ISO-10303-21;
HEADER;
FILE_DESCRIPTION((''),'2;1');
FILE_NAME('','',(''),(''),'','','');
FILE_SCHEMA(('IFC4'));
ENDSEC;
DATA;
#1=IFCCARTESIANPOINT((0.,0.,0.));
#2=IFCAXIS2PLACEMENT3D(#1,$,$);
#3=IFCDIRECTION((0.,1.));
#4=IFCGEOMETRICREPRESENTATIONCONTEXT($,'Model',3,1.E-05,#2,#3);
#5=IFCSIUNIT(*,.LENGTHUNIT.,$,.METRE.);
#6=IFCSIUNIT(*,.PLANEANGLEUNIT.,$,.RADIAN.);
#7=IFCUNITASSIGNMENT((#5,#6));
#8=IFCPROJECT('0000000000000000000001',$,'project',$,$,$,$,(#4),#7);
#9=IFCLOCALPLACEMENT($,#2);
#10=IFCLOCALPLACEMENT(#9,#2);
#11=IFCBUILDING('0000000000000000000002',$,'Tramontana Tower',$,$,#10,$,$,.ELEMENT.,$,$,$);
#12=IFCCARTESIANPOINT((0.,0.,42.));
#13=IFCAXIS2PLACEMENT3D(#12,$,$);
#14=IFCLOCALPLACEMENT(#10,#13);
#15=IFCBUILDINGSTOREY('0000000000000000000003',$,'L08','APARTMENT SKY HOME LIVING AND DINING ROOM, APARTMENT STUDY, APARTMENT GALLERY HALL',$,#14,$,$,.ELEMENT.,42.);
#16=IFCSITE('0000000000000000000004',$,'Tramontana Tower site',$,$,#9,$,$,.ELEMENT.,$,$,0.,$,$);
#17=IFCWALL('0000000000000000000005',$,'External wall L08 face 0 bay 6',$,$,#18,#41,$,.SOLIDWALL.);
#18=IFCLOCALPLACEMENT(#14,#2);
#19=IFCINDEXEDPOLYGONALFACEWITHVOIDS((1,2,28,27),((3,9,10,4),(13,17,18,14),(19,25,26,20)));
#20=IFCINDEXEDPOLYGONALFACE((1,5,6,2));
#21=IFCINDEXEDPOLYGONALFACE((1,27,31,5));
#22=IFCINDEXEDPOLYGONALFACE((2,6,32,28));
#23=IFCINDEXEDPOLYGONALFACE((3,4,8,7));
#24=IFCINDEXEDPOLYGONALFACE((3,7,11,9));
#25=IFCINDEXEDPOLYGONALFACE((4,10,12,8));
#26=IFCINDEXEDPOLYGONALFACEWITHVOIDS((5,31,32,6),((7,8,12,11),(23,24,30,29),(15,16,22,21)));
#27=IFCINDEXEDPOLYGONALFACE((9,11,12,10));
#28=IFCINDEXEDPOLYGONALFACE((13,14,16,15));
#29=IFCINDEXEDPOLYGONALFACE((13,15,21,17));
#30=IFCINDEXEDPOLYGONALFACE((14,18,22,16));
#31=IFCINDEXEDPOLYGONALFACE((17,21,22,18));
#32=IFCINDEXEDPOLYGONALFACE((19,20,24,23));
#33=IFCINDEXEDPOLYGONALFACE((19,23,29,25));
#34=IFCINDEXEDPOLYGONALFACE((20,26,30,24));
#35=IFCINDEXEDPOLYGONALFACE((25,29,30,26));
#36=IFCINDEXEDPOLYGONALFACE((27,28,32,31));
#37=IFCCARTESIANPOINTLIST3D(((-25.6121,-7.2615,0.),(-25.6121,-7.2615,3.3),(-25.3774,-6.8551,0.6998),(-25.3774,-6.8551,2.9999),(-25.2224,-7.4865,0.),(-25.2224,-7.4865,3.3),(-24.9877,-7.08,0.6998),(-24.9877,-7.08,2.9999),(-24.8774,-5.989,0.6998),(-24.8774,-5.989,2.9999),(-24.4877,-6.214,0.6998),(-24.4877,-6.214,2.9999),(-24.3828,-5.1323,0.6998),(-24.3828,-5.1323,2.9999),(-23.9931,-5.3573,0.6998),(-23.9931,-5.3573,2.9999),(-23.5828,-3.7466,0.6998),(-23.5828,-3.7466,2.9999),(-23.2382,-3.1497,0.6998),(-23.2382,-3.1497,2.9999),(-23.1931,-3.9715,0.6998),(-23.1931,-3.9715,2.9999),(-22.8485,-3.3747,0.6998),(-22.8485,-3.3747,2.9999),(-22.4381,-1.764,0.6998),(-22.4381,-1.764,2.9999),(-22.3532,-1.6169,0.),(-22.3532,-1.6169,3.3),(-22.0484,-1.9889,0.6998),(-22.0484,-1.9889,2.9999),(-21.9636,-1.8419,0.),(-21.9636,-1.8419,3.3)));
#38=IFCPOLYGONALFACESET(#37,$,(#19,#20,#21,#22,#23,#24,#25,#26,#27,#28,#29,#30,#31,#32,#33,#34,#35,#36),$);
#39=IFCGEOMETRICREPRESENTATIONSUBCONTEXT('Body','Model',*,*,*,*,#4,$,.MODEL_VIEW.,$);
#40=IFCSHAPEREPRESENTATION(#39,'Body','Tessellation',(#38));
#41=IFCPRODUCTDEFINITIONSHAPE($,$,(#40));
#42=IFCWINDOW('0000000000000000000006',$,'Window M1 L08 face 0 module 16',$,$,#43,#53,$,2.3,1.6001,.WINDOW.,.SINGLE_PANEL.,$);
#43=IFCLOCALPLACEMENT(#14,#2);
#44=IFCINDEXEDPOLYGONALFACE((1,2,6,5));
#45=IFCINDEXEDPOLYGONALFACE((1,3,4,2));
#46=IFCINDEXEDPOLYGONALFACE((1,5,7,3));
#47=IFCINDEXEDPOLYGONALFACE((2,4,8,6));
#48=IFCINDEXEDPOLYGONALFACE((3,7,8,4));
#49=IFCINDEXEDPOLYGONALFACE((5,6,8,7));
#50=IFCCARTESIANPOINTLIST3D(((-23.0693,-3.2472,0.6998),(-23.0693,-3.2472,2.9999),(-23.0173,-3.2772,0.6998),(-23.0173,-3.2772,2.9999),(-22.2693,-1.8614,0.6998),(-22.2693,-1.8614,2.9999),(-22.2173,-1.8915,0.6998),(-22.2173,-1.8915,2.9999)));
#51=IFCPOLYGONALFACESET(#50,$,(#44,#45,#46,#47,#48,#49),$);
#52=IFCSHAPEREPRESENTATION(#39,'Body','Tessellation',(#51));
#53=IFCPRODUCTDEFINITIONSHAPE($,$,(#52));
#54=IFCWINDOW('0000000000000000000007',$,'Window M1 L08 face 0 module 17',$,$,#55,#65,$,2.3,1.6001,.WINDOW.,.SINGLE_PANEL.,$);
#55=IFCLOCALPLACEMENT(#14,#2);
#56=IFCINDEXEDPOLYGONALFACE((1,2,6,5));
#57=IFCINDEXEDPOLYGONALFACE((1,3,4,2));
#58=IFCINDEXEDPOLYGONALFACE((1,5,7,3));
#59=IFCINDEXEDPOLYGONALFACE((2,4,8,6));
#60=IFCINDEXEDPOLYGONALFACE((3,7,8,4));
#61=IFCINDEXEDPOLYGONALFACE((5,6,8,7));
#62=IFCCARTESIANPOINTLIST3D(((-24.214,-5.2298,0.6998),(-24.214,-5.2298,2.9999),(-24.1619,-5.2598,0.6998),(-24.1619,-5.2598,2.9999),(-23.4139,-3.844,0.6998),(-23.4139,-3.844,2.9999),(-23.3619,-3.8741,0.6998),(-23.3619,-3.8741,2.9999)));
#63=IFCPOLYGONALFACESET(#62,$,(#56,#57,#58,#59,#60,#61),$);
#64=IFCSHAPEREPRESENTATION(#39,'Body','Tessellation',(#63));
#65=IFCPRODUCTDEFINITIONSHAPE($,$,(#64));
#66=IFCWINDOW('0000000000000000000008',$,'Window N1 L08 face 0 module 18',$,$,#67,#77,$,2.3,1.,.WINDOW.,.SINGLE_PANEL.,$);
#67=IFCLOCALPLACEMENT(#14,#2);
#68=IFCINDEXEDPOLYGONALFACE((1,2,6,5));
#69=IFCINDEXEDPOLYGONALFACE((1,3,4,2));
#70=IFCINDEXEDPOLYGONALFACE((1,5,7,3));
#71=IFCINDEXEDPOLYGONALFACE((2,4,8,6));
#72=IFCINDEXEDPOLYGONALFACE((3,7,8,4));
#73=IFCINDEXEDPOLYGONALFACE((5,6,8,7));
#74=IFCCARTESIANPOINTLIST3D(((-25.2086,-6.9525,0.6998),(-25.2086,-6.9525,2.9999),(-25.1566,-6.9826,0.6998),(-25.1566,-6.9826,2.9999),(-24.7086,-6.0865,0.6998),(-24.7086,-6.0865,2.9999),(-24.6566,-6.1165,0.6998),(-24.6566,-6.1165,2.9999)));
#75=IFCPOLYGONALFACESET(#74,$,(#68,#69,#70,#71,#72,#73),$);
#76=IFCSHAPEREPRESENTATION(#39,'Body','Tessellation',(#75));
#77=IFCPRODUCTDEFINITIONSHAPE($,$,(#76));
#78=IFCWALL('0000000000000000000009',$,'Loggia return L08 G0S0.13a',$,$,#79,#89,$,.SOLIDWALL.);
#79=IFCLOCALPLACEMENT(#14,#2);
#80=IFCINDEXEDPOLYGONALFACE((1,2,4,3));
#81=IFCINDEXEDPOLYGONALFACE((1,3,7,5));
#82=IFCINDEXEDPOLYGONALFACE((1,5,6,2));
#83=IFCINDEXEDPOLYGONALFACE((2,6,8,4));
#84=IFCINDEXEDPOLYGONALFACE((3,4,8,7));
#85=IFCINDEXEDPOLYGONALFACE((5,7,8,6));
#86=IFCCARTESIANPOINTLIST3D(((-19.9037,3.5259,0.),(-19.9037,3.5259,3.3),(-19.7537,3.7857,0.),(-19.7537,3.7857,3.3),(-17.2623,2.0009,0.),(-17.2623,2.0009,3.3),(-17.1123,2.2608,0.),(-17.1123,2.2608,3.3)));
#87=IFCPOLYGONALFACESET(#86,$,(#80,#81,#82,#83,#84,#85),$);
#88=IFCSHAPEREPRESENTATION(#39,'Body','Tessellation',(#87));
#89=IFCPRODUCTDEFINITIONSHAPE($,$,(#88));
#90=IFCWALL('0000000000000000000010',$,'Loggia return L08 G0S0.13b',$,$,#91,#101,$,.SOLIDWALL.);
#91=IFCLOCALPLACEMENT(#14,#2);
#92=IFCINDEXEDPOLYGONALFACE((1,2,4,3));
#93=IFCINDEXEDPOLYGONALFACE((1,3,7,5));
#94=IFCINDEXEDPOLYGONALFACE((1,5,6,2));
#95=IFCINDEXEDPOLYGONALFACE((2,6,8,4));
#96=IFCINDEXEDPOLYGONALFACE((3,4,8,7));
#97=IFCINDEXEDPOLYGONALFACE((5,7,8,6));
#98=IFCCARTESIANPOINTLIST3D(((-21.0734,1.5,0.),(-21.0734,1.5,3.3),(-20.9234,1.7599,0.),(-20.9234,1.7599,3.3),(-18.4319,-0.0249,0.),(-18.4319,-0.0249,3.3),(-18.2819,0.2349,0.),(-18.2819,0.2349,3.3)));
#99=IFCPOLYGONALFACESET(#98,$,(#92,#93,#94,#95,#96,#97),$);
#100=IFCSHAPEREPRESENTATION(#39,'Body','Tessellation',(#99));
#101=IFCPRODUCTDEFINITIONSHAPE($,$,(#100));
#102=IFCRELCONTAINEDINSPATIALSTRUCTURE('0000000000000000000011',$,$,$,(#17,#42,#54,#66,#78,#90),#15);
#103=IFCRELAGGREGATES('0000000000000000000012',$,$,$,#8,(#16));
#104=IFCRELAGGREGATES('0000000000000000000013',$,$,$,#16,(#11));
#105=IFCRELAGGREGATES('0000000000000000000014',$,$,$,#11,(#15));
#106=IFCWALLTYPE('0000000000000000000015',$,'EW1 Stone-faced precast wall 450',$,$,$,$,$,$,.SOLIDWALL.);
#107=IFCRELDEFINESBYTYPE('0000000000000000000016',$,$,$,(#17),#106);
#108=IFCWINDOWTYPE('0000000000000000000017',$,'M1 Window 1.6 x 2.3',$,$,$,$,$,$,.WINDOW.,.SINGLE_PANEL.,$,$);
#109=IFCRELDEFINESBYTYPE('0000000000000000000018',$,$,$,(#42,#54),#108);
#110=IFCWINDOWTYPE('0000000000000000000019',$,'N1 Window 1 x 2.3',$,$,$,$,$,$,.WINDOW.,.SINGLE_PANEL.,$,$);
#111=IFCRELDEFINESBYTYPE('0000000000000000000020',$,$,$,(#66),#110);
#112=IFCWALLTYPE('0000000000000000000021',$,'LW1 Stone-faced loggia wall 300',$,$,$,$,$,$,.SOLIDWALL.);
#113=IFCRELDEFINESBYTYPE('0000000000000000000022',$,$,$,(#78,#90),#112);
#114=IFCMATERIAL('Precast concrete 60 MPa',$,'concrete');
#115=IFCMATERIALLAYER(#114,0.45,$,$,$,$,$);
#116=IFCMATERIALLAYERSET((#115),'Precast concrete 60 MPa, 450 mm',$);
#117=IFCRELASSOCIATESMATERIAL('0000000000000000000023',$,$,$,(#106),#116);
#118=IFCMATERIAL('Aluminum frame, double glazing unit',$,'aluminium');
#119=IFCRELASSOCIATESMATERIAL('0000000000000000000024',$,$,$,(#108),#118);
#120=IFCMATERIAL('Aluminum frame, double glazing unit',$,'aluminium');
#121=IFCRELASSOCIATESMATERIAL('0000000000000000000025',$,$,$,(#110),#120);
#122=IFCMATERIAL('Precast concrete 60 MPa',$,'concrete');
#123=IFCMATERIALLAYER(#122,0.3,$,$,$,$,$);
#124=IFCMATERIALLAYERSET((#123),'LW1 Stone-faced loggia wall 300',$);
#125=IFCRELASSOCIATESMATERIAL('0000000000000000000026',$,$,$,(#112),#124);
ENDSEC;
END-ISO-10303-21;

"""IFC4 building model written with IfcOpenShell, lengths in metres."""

from ifc_helpers import new_model, si_unit, direction, frame, frame_2d, origin, place, context, subcontext, project, spatial, rectangle, extrude, material, layer, layer_set, type_object, element, fill, save


model = new_model("IFC4")

# Units and contexts
model_context = context("Model", 3, precision=1e-05, world=origin(), true_north=direction((0.0, 1.0)))
body_context = subcontext(model_context, "Body", "Model", "MODEL_VIEW")
ifc_project = project(units=[si_unit("LENGTHUNIT", "METRE"), si_unit("PLANEANGLEUNIT", "RADIAN")], contexts=[model_context])

# Site, building, storey
site_placement = place(None, origin())
site = spatial("IfcSite", under=ifc_project, at=site_placement, Name="Tramontana Tower site", CompositionType="ELEMENT", RefElevation=0.0)
building_placement = place(site_placement, origin())
building = spatial("IfcBuilding", under=site, at=building_placement, Name="Tramontana Tower", CompositionType="ELEMENT")
storey_placement = place(building_placement, frame((0.0, 0.0, 42.0)))
storey = spatial("IfcBuildingStorey", under=building, at=storey_placement, Name="L08", Description="APARTMENT SKY HOME LIVING AND DINING ROOM, APARTMENT STUDY, APARTMENT GALLERY HALL", CompositionType="ELEMENT", Elevation=42.0)

# Shared definitions
ifc_material_1 = material(Name="Precast concrete 60 MPa", Category="concrete")
ifc_layer_1 = layer(ifc_material_1, 0.45)
ifc_layer_set_1 = layer_set([ifc_layer_1], Name="Precast concrete 60 MPa, 450 mm")
wall_type_1 = type_object("IfcWallType", Name="EW1 Stone-faced precast wall 450", PredefinedType="SOLIDWALL", material=ifc_layer_set_1)
ifc_material_2 = material(Name="Aluminum frame, double glazing unit", Category="aluminium")
window_type_1 = type_object("IfcWindowType", Name="M1 Window 1.6 x 2.3", PartitioningType="SINGLE_PANEL", PredefinedType="WINDOW", material=ifc_material_2)

# Wall, openings, windows
wall_1_placement = place(storey_placement, frame((-22.1584, -1.7295, 0.0), z_axis=(0.0, 0.0, 1.0), x_axis=(-0.49999, -0.866031, 0.0)))
wall_1 = element("IfcWall", 1, at=wall_1_placement, inside=storey, type_object=wall_type_1, Name="External wall L08 face 0 bay 6", PredefinedType="SOLIDWALL", context=body_context, shape_type="SweptSolid", body=[
    extrude(rectangle(XDim=6.5178, YDim=0.45, at=frame_2d((3.2588, 0.0))), origin(), (0.0, 0.0, 1.0), 3.3),
])
opening_1_placement = place(wall_1_placement, frame((0.1697, 0.0, 0.7)))
opening_1 = element("IfcOpeningElement", 2, at=opening_1_placement, cuts=wall_1, PredefinedType="OPENING", context=body_context, shape_type="SweptSolid", body=[
    extrude(rectangle(XDim=1.6001, YDim=2.3, at=frame_2d((0.8, 1.1499))), frame((0.0, 0.2349, 0.0), z_axis=(0.0, -1.0, 0.0), x_axis=(1.0, 0.0, 0.0)), (0.0, 0.0, 1.0), 0.47),
])
opening_2_placement = place(wall_1_placement, frame((2.459, 0.0, 0.7)))
opening_2 = element("IfcOpeningElement", 3, at=opening_2_placement, cuts=wall_1, PredefinedType="OPENING", context=body_context, shape_type="SweptSolid", body=[
    extrude(rectangle(XDim=1.6001, YDim=2.3, at=frame_2d((0.8, 1.1499))), frame((0.0, 0.2349, 0.0), z_axis=(0.0, -1.0, 0.0), x_axis=(1.0, 0.0, 0.0)), (0.0, 0.0, 1.0), 0.47),
])
opening_3_placement = place(wall_1_placement, frame((5.0483, 0.0, 0.7)))
opening_3 = element("IfcOpeningElement", 4, at=opening_3_placement, cuts=wall_1, PredefinedType="OPENING", context=body_context, shape_type="SweptSolid", body=[
    extrude(rectangle(XDim=1.0, YDim=2.3, at=frame_2d((0.5, 1.1499))), frame((0.0, 0.2349, 0.0), z_axis=(0.0, -1.0, 0.0), x_axis=(1.0, 0.0, 0.0)), (0.0, 0.0, 1.0), 0.47),
])
window_1_placement = place(opening_1_placement, origin())
window_1 = element("IfcWindow", 5, at=window_1_placement, inside=storey, type_object=window_type_1, Name="Window M1 L08 face 0 module 16", OverallHeight=2.3, OverallWidth=1.6001, PartitioningType="SINGLE_PANEL", PredefinedType="WINDOW", context=body_context, shape_type="SweptSolid", body=[
    extrude(rectangle(XDim=1.6001, YDim=2.3, at=frame_2d((0.8, 1.1499))), frame((0.0, 0.03, 0.0), z_axis=(0.0, -1.0, 0.0), x_axis=(1.0, 0.0, 0.0)), (0.0, 0.0, 1.0), 0.0601),
])
fill(opening_1, window_1)
window_2_placement = place(opening_2_placement, origin())
window_2 = element("IfcWindow", 6, at=window_2_placement, inside=storey, type_object=window_type_1, Name="Window M1 L08 face 0 module 17", OverallHeight=2.3, OverallWidth=1.6001, PartitioningType="SINGLE_PANEL", PredefinedType="WINDOW", context=body_context, shape_type="SweptSolid", body=[
    extrude(rectangle(XDim=1.6001, YDim=2.3, at=frame_2d((0.8, 1.1499))), frame((0.0, 0.03, 0.0), z_axis=(0.0, -1.0, 0.0), x_axis=(1.0, 0.0, 0.0)), (0.0, 0.0, 1.0), 0.0601),
])
fill(opening_2, window_2)
ifc_material_3 = material(Name="Aluminum frame, double glazing unit", Category="aluminium")
window_type_2 = type_object("IfcWindowType", Name="N1 Window 1 x 2.3", PartitioningType="SINGLE_PANEL", PredefinedType="WINDOW", material=ifc_material_3)
window_3_placement = place(opening_3_placement, origin())
window_3 = element("IfcWindow", 7, at=window_3_placement, inside=storey, type_object=window_type_2, Name="Window N1 L08 face 0 module 18", OverallHeight=2.3, OverallWidth=1.0, PartitioningType="SINGLE_PANEL", PredefinedType="WINDOW", context=body_context, shape_type="SweptSolid", body=[
    extrude(rectangle(XDim=1.0, YDim=2.3, at=frame_2d((0.5, 1.1499))), frame((0.0, 0.03, 0.0), z_axis=(0.0, -1.0, 0.0), x_axis=(1.0, 0.0, 0.0)), (0.0, 0.0, 1.0), 0.0601),
])
fill(opening_3, window_3)

# Shared definitions
ifc_material_4 = material(Name="Precast concrete 60 MPa", Category="concrete")
ifc_layer_2 = layer(ifc_material_4, 0.3)
ifc_layer_set_2 = layer_set([ifc_layer_2], Name="LW1 Stone-faced loggia wall 300")
wall_type_2 = type_object("IfcWallType", Name="LW1 Stone-faced loggia wall 300", PredefinedType="SOLIDWALL", material=ifc_layer_set_2)

# Walls
for number, where, z_axis, x_axis, name in (
    (8, (-19.8286, 3.6558, 0.0), (0.0, 0.0, 1.0), (0.866038, -0.499979, 0.0), "Loggia return L08 G0S0.13a"),
    (9, (-20.9983, 1.6299, 0.0), (0.0, 0.0, 1.0), (0.866038, -0.499979, 0.0), "Loggia return L08 G0S0.13b"),
):
    element("IfcWall", number, at=place(storey_placement, frame(where, z_axis=z_axis, x_axis=x_axis)), inside=storey, type_object=wall_type_2, Name=name, PredefinedType="SOLIDWALL", context=body_context, shape_type="SweptSolid", body=[
        extrude(rectangle(XDim=3.05, YDim=0.3, at=frame_2d((1.5249, 0.0))), origin(), (0.0, 0.0, 1.0), 3.3),
    ])

save(model, "model.ifc")
